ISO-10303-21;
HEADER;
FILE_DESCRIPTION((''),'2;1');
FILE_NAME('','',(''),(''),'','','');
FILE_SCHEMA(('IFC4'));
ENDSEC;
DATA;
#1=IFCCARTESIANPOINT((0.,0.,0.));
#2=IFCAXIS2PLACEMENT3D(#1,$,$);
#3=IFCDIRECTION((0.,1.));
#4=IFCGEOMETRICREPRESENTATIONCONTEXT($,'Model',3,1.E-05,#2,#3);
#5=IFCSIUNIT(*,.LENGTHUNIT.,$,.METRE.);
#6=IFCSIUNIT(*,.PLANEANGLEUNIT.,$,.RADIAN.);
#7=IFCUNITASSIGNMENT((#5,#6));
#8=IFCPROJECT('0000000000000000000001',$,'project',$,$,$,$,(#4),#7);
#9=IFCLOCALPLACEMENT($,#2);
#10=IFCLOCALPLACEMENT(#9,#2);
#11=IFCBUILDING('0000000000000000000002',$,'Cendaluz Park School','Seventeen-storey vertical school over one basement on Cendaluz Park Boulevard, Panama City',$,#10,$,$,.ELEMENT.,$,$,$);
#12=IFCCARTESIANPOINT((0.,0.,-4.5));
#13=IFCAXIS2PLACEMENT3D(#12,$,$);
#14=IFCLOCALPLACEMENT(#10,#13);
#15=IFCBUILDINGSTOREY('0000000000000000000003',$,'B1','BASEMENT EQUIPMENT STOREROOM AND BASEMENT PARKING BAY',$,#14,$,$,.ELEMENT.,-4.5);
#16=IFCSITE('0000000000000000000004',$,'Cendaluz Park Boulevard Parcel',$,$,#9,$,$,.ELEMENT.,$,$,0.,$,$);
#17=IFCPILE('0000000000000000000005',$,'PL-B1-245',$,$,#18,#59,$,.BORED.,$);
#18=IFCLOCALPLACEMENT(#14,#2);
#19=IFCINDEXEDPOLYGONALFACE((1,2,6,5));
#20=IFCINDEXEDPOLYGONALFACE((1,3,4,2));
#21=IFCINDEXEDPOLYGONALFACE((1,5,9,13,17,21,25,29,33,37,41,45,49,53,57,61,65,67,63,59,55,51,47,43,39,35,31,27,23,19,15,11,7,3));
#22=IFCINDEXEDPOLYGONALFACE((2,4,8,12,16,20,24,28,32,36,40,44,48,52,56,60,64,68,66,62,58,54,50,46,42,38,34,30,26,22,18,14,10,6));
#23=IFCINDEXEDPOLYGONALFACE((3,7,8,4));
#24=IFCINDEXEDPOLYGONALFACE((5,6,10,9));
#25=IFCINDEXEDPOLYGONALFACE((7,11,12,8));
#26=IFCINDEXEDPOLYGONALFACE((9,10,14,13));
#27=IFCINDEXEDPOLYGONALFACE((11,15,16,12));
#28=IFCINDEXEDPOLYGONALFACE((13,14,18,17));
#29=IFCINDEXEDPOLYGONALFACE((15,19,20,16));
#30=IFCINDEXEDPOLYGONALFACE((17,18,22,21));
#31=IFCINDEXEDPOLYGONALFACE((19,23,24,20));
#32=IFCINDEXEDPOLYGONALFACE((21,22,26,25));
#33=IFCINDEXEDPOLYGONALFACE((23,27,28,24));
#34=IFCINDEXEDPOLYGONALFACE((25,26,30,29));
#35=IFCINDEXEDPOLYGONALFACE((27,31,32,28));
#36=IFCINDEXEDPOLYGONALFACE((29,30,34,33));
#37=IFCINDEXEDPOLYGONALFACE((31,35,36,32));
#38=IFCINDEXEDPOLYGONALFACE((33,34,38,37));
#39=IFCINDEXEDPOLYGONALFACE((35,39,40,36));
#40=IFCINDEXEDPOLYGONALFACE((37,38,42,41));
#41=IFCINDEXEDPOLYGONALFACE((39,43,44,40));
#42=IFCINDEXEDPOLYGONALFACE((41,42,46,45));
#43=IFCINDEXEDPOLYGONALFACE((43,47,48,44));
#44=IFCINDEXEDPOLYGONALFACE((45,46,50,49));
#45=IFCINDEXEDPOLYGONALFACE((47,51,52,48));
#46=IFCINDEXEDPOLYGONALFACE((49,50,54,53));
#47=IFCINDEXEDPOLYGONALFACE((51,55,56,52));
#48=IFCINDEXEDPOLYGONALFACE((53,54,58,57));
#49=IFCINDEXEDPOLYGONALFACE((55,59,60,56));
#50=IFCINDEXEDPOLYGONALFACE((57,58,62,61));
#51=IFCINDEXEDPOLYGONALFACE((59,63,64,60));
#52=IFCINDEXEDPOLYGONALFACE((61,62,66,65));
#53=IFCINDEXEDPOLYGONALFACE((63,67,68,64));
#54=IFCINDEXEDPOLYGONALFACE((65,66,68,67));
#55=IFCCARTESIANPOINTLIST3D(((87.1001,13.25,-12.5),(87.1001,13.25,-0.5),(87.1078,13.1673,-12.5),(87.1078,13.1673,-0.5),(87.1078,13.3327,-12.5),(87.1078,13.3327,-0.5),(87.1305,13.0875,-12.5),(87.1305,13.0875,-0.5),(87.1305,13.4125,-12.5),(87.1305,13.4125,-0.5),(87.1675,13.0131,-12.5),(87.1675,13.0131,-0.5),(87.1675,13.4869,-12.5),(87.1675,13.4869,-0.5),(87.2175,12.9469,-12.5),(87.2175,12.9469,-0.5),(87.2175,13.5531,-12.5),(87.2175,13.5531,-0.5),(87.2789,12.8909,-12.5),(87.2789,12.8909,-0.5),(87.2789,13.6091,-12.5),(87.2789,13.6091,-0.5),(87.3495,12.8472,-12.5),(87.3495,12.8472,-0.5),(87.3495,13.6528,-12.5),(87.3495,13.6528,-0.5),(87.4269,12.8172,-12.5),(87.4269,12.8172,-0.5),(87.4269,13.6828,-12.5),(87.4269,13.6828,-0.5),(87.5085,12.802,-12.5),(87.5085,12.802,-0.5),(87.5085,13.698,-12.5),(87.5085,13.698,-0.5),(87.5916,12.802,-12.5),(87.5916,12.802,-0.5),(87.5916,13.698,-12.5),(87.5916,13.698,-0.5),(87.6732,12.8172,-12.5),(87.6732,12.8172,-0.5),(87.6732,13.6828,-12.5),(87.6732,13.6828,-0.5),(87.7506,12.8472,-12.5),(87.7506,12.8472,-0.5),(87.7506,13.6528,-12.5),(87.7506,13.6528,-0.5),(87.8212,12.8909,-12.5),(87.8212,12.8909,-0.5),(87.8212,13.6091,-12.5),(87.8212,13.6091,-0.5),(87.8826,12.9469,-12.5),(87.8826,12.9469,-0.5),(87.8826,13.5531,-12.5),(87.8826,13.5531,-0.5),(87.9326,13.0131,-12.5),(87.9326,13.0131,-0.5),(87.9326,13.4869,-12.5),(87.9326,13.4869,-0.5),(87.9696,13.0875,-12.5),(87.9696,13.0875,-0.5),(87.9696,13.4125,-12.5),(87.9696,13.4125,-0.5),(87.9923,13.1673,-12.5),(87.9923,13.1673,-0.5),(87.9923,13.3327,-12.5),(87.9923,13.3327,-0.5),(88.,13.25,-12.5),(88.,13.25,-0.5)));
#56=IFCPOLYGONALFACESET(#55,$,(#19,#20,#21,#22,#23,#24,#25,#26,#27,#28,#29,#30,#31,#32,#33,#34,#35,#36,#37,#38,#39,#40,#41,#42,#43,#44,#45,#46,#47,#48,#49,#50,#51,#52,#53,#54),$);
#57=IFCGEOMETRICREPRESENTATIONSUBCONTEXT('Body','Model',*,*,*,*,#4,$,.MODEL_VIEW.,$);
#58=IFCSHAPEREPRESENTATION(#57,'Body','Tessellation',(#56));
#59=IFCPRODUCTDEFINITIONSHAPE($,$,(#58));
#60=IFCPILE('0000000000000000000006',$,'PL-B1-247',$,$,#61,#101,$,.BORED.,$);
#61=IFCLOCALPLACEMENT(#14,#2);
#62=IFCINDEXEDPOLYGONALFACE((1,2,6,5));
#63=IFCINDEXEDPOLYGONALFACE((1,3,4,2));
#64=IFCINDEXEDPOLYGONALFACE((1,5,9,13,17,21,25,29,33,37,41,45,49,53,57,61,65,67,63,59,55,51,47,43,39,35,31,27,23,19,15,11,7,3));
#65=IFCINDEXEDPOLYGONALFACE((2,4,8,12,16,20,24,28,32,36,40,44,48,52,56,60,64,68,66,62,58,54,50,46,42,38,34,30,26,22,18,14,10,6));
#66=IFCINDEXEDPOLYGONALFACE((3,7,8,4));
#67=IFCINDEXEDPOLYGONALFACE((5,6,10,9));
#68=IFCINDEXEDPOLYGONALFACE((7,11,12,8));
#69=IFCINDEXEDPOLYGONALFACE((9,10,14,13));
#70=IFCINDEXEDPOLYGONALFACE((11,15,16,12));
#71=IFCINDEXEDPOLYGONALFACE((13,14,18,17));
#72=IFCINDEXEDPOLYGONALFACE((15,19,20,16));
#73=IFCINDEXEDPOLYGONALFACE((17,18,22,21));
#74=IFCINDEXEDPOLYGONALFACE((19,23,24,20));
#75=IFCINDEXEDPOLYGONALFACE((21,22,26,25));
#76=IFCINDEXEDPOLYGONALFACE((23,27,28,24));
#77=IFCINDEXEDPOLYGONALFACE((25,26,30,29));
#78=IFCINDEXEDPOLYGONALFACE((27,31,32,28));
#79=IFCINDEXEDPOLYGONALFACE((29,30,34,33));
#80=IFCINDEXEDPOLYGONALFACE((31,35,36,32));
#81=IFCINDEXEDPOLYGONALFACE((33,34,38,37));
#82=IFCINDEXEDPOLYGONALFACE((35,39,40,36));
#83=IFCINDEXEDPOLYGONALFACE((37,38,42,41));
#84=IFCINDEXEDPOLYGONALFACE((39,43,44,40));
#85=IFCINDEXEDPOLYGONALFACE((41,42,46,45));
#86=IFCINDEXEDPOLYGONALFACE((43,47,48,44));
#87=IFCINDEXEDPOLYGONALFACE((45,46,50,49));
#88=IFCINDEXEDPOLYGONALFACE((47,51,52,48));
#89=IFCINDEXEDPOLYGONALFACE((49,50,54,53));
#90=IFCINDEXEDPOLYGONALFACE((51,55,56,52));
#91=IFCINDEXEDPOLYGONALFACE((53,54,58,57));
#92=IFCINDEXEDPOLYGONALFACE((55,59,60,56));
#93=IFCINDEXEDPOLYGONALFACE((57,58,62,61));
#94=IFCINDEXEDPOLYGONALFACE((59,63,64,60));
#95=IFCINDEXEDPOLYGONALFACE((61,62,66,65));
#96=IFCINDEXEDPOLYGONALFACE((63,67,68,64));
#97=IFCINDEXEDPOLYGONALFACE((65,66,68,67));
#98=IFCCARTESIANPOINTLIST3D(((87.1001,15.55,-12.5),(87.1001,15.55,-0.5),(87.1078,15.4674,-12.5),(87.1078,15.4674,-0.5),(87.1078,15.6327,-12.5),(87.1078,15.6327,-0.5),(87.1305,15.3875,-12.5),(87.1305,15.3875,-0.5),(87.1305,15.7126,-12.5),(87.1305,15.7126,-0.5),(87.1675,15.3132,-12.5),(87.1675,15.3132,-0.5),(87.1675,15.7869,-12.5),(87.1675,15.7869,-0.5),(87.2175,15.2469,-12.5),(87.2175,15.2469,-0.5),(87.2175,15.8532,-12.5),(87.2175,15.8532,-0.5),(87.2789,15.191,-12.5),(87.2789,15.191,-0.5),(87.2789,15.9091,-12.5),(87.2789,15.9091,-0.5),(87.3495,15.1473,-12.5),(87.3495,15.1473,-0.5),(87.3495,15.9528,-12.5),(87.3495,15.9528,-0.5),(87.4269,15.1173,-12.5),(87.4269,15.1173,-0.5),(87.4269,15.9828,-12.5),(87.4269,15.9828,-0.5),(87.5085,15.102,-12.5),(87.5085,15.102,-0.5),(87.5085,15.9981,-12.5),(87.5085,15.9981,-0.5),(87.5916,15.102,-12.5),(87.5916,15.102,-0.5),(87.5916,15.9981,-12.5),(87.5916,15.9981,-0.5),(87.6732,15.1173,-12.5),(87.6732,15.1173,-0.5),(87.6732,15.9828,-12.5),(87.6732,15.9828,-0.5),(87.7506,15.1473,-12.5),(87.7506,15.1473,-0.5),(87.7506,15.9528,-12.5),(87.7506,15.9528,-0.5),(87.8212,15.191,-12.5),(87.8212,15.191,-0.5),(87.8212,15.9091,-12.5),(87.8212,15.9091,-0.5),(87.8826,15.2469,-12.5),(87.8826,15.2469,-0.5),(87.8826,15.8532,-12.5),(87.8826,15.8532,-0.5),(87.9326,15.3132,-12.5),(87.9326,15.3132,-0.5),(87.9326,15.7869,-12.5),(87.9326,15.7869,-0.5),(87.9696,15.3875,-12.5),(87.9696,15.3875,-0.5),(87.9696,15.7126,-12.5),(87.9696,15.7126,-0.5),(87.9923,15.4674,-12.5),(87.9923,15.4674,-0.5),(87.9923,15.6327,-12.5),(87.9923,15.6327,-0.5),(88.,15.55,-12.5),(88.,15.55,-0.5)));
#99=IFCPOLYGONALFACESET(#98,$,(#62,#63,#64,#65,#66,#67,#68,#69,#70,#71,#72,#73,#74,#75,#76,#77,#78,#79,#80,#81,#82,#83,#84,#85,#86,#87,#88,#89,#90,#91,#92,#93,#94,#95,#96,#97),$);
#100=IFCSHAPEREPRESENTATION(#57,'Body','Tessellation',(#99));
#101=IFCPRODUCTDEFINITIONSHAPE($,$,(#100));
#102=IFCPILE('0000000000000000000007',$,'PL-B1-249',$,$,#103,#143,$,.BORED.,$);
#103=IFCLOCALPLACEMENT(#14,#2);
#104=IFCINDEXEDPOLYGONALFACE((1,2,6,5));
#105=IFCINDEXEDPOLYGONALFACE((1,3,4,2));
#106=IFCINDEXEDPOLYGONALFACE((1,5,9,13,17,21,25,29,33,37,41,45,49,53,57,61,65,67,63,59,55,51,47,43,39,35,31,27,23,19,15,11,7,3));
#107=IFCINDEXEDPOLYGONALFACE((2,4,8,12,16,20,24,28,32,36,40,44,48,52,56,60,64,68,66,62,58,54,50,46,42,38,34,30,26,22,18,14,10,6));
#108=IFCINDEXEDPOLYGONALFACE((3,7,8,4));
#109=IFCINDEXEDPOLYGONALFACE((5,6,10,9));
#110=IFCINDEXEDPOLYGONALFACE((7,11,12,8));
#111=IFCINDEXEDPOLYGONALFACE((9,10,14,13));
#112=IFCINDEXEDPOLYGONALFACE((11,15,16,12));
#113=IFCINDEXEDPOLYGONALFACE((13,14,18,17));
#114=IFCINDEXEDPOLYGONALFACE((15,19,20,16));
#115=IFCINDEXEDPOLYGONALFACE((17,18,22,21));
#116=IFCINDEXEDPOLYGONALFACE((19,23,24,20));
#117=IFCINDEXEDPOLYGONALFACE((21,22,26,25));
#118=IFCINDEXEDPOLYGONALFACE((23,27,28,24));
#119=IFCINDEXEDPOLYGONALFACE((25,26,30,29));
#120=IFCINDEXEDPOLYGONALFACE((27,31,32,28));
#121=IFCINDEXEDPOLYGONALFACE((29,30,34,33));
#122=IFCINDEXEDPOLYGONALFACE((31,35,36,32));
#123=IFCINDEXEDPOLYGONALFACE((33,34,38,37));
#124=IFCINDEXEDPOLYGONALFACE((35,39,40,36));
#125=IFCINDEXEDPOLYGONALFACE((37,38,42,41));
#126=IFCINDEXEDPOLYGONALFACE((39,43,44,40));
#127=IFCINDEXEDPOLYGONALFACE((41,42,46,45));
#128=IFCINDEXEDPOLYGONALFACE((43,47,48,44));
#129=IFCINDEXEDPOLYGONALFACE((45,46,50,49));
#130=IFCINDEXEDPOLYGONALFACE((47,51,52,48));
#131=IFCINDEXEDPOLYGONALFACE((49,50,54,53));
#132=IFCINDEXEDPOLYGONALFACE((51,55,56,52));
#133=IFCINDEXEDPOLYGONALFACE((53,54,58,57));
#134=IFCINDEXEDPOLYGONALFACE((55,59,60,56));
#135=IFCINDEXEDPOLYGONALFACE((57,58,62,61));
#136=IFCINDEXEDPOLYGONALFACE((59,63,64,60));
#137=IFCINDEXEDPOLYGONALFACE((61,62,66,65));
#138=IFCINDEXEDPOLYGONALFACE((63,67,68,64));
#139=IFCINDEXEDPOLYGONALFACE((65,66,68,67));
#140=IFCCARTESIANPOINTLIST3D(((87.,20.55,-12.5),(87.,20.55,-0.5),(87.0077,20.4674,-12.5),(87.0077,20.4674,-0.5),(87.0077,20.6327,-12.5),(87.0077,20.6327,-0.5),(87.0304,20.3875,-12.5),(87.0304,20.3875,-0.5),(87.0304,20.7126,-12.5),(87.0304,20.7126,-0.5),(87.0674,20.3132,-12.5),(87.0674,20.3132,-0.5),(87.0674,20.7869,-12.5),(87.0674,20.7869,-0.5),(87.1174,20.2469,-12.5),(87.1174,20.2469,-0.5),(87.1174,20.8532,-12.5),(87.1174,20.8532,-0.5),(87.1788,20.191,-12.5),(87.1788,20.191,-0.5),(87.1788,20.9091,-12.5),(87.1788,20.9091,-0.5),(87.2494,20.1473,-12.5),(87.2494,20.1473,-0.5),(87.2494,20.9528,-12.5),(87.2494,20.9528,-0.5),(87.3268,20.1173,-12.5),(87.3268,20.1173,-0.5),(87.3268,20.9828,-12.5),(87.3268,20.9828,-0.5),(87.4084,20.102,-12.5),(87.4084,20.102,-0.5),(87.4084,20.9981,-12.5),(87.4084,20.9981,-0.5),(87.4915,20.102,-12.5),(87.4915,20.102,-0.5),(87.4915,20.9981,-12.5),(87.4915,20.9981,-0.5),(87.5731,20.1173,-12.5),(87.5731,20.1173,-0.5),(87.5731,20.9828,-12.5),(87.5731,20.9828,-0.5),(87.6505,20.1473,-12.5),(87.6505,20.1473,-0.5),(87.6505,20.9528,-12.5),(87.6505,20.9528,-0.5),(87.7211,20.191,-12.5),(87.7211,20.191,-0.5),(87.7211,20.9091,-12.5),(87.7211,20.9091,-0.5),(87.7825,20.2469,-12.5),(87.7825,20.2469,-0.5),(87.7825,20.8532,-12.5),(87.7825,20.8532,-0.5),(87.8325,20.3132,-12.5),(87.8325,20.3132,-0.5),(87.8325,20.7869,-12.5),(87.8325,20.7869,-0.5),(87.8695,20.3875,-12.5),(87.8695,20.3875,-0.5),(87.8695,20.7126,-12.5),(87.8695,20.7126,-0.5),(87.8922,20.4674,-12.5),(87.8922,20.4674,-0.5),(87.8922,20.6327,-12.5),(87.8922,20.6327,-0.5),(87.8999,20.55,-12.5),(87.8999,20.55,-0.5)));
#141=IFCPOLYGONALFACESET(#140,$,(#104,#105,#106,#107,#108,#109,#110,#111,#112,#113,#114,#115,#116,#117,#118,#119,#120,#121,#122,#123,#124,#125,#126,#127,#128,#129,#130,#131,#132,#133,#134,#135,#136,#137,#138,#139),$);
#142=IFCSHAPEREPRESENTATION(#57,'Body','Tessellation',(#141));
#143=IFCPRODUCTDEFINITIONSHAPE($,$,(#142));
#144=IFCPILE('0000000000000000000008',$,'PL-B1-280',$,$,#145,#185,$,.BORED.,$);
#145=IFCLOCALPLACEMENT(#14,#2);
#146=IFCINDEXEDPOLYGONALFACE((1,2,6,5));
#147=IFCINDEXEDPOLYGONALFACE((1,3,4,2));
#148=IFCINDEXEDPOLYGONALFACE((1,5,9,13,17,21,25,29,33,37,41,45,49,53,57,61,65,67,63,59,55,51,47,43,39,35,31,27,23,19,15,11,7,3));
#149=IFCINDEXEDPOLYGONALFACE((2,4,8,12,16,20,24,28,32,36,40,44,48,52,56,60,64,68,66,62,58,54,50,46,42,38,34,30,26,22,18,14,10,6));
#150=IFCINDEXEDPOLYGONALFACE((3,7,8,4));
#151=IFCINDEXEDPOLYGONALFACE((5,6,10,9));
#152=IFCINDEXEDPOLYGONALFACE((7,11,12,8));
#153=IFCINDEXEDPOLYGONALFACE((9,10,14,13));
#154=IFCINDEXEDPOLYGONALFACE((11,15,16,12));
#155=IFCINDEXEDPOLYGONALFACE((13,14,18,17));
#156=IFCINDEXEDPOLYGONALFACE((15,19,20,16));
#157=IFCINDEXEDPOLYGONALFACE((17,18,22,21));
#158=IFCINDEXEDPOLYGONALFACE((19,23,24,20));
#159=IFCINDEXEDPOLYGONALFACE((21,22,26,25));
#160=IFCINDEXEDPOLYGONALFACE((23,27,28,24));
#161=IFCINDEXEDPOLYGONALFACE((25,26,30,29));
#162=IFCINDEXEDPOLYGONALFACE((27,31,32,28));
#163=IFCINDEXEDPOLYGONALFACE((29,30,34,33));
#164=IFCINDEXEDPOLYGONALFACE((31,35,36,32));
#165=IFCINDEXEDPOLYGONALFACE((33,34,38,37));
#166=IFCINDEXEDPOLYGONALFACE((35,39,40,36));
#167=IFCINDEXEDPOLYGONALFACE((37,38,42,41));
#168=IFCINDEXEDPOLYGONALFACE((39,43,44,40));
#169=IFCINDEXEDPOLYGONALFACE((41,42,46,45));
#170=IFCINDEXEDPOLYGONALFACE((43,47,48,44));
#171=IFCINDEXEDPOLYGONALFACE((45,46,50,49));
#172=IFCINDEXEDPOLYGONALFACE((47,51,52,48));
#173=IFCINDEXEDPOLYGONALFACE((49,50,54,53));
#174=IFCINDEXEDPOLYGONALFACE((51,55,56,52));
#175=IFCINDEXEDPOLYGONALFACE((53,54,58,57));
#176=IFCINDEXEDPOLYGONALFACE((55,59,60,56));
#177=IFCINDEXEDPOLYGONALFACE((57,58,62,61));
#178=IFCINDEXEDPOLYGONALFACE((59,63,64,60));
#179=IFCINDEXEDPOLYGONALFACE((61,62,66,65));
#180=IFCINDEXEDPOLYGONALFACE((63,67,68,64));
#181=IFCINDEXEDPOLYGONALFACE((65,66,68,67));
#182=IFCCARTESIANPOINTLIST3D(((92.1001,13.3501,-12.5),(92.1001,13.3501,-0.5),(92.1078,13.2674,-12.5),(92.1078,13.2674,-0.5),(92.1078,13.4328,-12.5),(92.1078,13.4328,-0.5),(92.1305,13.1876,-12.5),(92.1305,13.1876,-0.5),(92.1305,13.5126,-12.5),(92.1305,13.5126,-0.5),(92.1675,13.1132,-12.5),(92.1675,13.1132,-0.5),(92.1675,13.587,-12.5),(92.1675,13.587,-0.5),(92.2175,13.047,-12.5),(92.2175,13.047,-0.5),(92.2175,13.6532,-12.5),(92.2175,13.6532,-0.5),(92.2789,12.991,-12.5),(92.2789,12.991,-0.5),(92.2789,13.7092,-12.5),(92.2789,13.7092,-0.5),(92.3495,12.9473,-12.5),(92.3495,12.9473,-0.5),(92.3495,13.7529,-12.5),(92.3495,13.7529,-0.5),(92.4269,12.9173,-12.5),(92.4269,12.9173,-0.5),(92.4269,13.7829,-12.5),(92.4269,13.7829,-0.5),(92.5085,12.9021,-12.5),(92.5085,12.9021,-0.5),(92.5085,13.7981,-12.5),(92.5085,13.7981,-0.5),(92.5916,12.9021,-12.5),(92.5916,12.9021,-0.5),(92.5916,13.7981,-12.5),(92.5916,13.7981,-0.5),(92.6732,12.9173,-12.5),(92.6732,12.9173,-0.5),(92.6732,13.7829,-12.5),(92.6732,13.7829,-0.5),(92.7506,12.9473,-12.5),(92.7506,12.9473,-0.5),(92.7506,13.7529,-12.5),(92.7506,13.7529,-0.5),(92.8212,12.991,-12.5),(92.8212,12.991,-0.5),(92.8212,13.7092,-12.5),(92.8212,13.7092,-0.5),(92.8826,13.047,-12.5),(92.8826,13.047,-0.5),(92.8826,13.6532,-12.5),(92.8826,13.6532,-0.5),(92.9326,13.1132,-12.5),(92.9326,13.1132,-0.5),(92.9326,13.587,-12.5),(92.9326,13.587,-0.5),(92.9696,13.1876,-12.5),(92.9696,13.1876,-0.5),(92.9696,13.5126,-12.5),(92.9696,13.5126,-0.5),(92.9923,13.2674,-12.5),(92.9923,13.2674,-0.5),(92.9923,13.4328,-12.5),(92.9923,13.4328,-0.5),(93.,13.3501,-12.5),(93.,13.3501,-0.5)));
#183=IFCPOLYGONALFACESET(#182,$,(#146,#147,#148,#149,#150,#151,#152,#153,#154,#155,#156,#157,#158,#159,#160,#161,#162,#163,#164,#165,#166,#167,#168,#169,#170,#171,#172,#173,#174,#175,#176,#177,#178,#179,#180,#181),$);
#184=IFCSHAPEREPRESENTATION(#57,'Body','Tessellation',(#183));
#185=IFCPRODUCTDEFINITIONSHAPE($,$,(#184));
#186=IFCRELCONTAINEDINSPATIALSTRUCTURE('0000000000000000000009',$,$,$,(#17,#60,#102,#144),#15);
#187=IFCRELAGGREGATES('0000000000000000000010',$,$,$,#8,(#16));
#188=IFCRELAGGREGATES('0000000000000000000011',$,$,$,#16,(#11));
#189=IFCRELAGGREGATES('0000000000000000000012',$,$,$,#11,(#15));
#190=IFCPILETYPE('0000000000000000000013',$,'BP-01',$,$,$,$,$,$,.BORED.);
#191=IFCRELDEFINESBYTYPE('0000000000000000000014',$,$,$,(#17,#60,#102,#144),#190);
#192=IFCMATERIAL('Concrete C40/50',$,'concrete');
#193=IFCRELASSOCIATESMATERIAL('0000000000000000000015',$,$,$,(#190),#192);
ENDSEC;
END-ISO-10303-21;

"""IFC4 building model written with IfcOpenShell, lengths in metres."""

from ifc_helpers import new_model, si_unit, direction, frame, origin, origin_2d, place, context, subcontext, project, spatial, circle, extrude, material, material_profile, profile_set, type_object, element, save


model = new_model("IFC4")

# Units and contexts
model_context = context("Model", 3, precision=1e-05, world=origin(), true_north=direction((0.0, 1.0)))
body_context = subcontext(model_context, "Body", "Model", "MODEL_VIEW")
ifc_project = project(units=[si_unit("LENGTHUNIT", "METRE"), si_unit("PLANEANGLEUNIT", "RADIAN")], contexts=[model_context])

# Site, building, storey
site_placement = place(None, origin())
site = spatial("IfcSite", under=ifc_project, at=site_placement, Name="Cendaluz Park Boulevard Parcel", CompositionType="ELEMENT", RefElevation=0.0)
building_placement = place(site_placement, origin())
building = spatial("IfcBuilding", under=site, at=building_placement, Name="Cendaluz Park School", Description="Seventeen-storey vertical school over one basement on Cendaluz Park Boulevard, Panama City", CompositionType="ELEMENT")
storey_placement = place(building_placement, frame((0.0, 0.0, -4.5)))
storey = spatial("IfcBuildingStorey", under=building, at=storey_placement, Name="B1", Description="BASEMENT EQUIPMENT STOREROOM AND BASEMENT PARKING BAY", CompositionType="ELEMENT", Elevation=-4.5)

# Piles
ifc_material_1 = material(Name="Concrete C40/50", Category="concrete")
ifc_material_profile_1 = material_profile(ifc_material_1, circle(Radius=0.45, at=origin_2d()), Name="BP D900", Category="concrete")
ifc_profile_set_1 = profile_set([ifc_material_profile_1], Name="Concrete C40/50")
pile_type = type_object("IfcPileType", Name="BP-01", PredefinedType="BORED", material=ifc_profile_set_1)
for number, where, z_axis, x_axis, name in (
    (1, (87.55, 13.25, -0.5), (0.0, 0.0, -1.0), (1.0, 0.0, 0.0), "PL-B1-245"),
    (2, (87.55, 15.55, -0.5), (0.0, 0.0, -1.0), (1.0, 0.0, 0.0), "PL-B1-247"),
    (3, (87.45, 20.55, -0.5), (0.0, 0.0, -1.0), (1.0, 0.0, 0.0), "PL-B1-249"),
    (4, (92.55, 13.3501, -0.5), (0.0, 0.0, -1.0), (1.0, 0.0, 0.0), "PL-B1-280"),
):
    element("IfcPile", number, at=place(storey_placement, frame(where, z_axis=z_axis, x_axis=x_axis)), inside=storey, type_object=pile_type, Name=name, PredefinedType="BORED", context=body_context, shape_type="SweptSolid", body=[
        extrude(circle(Radius=0.45, at=origin_2d()), origin(), (0.0, 0.0, 1.0), 12.0),
    ])

save(model, "model.ifc")
